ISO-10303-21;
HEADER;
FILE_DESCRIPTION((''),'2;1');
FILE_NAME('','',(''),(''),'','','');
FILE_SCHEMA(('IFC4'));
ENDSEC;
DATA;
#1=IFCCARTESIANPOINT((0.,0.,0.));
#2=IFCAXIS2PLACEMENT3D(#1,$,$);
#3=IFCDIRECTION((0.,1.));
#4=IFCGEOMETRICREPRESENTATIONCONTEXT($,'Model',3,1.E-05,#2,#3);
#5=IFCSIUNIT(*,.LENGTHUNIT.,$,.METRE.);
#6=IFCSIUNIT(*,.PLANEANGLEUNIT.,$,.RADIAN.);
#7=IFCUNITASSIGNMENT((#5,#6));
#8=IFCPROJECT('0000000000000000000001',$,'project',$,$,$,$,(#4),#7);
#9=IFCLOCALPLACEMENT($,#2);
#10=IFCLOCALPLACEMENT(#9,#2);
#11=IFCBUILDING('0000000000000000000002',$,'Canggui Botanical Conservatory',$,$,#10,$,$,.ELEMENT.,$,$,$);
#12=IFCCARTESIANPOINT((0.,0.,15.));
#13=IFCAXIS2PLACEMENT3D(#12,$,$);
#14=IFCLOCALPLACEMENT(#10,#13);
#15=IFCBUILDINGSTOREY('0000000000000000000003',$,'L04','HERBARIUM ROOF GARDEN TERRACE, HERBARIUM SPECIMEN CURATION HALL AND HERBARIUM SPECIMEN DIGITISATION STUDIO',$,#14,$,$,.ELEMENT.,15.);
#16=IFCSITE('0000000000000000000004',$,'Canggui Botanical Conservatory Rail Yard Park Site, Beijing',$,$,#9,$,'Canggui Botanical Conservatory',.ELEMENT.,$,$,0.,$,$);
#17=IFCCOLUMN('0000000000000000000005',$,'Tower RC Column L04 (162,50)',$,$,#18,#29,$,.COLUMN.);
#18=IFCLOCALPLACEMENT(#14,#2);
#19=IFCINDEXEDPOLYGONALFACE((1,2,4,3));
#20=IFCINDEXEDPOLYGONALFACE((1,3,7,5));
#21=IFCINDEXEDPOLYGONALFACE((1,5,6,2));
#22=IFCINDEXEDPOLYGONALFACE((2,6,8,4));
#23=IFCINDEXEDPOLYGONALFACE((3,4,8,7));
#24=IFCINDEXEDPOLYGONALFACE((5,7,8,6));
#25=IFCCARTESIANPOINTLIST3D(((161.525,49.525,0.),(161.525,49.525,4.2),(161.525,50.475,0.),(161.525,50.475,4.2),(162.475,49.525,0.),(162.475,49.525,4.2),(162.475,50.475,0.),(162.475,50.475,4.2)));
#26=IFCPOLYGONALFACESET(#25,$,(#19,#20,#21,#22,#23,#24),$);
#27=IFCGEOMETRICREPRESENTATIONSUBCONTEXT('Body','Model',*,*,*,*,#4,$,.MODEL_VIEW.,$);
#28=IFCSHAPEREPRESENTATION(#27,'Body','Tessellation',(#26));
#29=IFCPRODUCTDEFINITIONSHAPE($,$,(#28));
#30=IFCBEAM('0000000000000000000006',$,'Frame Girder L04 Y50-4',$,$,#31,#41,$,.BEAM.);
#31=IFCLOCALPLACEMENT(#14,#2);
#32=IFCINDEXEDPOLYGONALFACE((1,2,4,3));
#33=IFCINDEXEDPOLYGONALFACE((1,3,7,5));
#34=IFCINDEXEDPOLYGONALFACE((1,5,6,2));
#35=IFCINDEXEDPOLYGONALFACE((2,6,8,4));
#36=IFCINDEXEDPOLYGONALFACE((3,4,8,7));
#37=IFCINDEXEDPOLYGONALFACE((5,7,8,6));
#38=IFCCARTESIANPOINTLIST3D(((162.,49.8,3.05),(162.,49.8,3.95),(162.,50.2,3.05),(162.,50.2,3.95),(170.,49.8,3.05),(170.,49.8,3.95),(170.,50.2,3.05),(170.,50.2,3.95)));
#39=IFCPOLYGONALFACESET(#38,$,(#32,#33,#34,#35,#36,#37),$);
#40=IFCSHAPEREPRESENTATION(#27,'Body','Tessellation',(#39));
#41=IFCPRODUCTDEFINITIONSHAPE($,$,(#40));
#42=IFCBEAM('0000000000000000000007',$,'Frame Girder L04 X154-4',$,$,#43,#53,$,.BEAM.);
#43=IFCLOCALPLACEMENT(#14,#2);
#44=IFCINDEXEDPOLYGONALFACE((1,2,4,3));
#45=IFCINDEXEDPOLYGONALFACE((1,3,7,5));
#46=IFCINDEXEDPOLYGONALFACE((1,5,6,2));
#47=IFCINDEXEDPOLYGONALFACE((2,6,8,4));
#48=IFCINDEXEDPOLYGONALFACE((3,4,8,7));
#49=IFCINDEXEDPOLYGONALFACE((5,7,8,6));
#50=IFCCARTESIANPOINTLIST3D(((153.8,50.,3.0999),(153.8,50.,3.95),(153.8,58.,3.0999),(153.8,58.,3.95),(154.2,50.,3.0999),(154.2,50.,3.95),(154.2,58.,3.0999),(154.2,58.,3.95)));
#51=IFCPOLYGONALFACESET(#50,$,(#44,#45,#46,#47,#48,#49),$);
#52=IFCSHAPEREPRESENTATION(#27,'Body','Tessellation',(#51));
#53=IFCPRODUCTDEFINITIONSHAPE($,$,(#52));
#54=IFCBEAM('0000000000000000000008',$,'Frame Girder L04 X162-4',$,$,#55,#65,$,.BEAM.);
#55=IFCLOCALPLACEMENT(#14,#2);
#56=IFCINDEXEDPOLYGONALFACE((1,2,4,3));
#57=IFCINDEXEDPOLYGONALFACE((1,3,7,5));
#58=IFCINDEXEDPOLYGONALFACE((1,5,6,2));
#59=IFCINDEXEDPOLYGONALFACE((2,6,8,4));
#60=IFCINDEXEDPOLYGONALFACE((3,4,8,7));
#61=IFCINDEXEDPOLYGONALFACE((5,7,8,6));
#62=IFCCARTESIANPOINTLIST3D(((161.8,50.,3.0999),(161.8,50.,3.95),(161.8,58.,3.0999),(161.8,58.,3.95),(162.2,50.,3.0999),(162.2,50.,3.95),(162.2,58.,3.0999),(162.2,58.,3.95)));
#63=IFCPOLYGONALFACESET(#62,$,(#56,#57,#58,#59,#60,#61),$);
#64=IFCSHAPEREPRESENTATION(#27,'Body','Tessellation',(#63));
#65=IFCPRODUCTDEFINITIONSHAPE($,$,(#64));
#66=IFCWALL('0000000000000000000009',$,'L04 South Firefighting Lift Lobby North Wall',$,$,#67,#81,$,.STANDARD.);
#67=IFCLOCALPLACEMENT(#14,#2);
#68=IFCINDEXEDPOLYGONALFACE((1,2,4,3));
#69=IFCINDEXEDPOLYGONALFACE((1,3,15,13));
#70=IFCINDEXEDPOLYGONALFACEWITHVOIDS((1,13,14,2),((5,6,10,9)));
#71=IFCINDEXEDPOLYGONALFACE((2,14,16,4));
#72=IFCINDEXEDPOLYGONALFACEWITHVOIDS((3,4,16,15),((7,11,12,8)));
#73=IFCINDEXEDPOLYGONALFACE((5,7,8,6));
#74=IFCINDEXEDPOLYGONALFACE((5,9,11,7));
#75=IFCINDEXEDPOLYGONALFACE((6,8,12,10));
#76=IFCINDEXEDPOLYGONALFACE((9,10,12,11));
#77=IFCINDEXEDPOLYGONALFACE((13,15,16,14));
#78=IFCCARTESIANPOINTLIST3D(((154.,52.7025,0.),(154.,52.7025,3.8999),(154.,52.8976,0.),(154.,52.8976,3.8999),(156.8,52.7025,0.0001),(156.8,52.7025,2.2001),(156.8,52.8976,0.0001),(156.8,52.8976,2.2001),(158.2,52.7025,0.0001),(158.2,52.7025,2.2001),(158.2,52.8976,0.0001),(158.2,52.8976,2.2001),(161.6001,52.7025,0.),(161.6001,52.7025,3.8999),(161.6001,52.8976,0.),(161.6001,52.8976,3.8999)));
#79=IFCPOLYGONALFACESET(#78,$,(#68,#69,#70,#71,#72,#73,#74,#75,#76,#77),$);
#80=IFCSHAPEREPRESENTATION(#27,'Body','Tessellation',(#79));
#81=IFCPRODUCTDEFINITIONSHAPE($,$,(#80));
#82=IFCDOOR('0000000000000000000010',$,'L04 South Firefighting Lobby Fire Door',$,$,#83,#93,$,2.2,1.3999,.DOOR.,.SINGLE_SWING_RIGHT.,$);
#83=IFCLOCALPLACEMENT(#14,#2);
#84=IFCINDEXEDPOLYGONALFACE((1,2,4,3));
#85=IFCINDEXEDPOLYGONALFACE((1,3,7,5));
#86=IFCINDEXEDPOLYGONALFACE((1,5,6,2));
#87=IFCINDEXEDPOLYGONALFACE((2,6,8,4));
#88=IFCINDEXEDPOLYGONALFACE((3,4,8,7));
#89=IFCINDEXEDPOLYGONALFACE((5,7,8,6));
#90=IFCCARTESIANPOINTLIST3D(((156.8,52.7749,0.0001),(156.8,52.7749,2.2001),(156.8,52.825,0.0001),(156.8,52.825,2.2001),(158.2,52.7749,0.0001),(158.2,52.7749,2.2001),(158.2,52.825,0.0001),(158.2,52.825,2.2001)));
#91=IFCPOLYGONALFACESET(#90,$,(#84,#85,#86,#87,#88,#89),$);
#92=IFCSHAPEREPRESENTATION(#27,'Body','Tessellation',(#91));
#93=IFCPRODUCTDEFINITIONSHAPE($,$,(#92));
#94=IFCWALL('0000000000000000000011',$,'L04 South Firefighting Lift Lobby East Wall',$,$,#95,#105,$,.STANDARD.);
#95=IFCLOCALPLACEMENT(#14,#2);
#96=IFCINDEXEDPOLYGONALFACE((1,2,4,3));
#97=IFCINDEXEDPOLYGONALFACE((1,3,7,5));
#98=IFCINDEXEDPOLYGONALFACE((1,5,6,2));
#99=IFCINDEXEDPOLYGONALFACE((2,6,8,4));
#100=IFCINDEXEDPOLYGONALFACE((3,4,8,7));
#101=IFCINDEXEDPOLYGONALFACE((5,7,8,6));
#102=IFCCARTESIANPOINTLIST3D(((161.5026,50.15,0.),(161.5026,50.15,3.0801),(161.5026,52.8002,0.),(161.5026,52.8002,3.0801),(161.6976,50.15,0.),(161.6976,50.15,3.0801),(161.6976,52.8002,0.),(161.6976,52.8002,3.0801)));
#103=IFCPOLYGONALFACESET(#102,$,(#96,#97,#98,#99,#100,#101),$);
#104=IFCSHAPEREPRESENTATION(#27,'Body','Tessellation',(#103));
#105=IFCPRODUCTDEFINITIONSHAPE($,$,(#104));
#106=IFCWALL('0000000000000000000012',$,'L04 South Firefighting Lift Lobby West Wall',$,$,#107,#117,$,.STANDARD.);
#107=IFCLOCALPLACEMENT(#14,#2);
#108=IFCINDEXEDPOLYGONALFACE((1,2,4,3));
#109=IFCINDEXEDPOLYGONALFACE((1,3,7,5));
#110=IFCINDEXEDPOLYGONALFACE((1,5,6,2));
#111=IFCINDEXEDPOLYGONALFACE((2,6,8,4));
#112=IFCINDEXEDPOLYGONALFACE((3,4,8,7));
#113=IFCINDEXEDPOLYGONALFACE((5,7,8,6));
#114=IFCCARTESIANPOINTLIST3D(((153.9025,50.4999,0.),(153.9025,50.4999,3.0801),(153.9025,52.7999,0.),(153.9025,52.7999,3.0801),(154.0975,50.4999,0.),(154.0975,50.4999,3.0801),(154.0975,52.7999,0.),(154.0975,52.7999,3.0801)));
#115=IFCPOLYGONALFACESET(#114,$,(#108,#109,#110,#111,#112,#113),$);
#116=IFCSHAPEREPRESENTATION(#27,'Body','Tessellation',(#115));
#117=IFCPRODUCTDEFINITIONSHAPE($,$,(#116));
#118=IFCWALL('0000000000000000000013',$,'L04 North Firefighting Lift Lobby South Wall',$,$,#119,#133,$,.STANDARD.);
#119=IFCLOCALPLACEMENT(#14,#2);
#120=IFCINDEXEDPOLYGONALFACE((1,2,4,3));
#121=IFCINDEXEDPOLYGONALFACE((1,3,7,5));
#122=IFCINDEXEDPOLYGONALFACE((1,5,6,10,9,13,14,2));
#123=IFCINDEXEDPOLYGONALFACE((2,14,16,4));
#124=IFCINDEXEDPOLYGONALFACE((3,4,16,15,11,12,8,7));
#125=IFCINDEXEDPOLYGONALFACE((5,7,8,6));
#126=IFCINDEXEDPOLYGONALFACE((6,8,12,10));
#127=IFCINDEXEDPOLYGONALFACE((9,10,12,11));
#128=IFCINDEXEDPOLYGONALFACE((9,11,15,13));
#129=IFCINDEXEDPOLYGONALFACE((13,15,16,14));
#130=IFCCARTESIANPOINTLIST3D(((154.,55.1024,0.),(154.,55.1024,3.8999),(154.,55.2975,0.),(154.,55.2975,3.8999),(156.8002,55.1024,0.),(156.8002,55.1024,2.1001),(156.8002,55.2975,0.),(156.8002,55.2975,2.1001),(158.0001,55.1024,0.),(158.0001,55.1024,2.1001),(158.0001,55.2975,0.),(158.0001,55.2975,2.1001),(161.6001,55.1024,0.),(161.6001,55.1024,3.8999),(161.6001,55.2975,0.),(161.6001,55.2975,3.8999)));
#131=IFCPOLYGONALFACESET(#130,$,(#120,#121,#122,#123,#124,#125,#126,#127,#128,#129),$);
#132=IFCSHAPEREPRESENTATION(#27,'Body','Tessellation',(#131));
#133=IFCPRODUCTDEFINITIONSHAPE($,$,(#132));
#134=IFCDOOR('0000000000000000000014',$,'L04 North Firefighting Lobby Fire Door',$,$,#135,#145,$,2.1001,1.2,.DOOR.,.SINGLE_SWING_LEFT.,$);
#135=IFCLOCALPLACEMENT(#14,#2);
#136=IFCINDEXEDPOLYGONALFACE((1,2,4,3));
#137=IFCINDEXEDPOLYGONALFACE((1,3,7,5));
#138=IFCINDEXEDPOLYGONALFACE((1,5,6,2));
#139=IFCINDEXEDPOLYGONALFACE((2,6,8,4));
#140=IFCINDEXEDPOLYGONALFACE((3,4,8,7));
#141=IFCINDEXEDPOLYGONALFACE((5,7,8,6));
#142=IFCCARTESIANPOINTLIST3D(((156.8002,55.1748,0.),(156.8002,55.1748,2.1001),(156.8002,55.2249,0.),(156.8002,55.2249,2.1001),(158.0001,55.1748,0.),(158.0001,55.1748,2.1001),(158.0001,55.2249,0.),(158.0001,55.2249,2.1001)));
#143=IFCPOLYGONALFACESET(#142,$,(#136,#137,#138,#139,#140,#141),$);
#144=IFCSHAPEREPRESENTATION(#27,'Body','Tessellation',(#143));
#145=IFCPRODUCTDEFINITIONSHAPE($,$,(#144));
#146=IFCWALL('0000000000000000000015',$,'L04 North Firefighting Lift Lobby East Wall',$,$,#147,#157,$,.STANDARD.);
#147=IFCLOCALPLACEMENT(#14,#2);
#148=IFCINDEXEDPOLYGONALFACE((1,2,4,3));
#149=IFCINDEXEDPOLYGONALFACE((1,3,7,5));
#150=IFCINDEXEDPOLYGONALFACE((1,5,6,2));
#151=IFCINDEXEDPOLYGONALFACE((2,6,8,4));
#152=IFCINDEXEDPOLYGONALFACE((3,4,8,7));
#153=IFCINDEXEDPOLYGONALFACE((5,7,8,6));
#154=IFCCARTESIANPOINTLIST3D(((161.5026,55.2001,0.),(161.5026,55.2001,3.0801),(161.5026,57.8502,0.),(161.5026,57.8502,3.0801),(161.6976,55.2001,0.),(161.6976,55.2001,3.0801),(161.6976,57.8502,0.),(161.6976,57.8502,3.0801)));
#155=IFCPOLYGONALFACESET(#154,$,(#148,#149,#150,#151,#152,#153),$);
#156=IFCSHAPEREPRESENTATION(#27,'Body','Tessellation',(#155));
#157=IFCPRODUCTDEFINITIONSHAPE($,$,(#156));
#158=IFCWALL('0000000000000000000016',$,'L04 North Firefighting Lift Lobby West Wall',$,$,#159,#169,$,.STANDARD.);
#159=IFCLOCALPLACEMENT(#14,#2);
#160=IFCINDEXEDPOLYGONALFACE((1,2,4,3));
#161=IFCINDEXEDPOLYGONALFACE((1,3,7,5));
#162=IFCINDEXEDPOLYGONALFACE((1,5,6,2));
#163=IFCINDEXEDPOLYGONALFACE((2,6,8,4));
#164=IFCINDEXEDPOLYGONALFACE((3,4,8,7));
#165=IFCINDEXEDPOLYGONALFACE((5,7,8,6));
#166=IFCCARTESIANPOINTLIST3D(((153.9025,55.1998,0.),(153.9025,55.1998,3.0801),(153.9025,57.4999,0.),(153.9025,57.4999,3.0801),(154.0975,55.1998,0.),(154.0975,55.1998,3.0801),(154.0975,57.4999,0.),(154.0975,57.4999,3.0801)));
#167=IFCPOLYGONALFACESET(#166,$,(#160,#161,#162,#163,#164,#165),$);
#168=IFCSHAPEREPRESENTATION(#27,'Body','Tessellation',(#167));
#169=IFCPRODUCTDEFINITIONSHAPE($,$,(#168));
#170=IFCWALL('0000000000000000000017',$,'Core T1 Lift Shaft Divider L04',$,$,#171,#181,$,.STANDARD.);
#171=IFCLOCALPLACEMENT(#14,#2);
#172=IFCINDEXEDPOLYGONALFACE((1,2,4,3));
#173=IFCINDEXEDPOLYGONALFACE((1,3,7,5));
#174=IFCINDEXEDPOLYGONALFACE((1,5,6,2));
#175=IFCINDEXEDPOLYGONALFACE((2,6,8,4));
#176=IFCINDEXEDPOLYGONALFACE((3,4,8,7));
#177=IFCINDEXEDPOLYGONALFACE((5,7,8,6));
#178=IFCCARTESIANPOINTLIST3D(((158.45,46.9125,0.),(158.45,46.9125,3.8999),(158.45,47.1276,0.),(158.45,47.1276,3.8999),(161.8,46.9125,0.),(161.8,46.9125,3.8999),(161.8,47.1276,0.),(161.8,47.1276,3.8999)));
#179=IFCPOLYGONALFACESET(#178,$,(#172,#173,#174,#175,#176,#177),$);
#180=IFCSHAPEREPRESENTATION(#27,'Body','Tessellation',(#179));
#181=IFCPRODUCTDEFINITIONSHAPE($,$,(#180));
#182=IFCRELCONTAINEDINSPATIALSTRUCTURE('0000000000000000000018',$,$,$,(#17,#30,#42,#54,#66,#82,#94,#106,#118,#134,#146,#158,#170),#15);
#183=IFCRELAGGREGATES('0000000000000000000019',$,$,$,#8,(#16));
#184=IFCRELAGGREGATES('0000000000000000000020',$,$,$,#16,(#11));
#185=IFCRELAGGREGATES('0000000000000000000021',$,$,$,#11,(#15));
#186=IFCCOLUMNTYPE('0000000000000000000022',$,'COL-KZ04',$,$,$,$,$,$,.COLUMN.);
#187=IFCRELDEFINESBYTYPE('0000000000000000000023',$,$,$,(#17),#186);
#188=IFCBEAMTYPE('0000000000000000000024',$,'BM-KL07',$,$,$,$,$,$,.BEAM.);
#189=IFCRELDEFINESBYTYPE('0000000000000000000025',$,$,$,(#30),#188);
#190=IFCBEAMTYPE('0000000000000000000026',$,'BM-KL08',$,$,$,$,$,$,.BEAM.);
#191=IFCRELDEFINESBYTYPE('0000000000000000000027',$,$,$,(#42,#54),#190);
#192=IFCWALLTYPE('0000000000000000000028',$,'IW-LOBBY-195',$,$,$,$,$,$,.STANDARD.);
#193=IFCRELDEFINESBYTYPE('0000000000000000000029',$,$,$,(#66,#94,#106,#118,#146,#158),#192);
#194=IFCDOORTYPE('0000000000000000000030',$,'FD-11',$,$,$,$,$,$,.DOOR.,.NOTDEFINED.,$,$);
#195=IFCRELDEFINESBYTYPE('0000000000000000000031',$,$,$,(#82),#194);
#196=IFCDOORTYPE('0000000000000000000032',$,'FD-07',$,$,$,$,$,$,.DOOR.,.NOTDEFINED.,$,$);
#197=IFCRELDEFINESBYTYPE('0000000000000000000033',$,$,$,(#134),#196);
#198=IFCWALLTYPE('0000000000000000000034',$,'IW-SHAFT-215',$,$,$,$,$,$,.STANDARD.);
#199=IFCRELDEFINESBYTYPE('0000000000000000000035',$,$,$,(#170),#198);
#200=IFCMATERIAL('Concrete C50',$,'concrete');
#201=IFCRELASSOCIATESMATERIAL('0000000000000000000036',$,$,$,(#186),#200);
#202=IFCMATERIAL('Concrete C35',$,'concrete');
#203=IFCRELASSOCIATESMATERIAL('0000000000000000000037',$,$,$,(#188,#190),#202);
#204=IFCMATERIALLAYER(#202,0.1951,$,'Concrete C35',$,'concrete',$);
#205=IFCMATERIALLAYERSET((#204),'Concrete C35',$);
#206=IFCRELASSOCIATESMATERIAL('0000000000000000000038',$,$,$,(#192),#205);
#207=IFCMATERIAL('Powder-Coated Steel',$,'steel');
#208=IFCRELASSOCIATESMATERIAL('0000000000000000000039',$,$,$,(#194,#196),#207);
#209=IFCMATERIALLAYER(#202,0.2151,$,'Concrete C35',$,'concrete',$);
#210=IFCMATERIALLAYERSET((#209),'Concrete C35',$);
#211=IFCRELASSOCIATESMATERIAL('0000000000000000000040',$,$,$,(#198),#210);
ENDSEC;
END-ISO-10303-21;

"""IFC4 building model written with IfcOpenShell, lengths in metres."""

from ifc_helpers import new_model, si_unit, direction, frame, frame_2d, origin, origin_2d, place, context, subcontext, project, spatial, rectangle, extrude, material, layer, layer_set, material_profile, profile_set, type_object, element, fill, save


model = new_model("IFC4")

# Units and contexts
model_context = context("Model", 3, precision=1e-05, world=origin(), true_north=direction((0.0, 1.0)))
body_context = subcontext(model_context, "Body", "Model", "MODEL_VIEW")
ifc_project = project(units=[si_unit("LENGTHUNIT", "METRE"), si_unit("PLANEANGLEUNIT", "RADIAN")], contexts=[model_context])

# Site, building, storey
site_placement = place(None, origin())
site = spatial("IfcSite", under=ifc_project, at=site_placement, Name="Canggui Botanical Conservatory Rail Yard Park Site, Beijing", LongName="Canggui Botanical Conservatory", CompositionType="ELEMENT", RefElevation=0.0)
building_placement = place(site_placement, origin())
building = spatial("IfcBuilding", under=site, at=building_placement, Name="Canggui Botanical Conservatory", CompositionType="ELEMENT")
storey_placement = place(building_placement, frame((0.0, 0.0, 15.0)))
storey = spatial("IfcBuildingStorey", under=building, at=storey_placement, Name="L04", Description="HERBARIUM ROOF GARDEN TERRACE, HERBARIUM SPECIMEN CURATION HALL AND HERBARIUM SPECIMEN DIGITISATION STUDIO", CompositionType="ELEMENT", Elevation=15.0)

# Column
ifc_material_1 = material(Name="Concrete C50", Category="concrete")
ifc_material_profile_1 = material_profile(ifc_material_1, rectangle(XDim=0.95, YDim=0.95, at=origin_2d()), Name="RC 950x950")
ifc_profile_set_1 = profile_set([ifc_material_profile_1], Name="Concrete C50")
column_type = type_object("IfcColumnType", Name="COL-KZ04", PredefinedType="COLUMN", material=ifc_profile_set_1)
column_placement = place(storey_placement, frame((162.0, 50.0, 0.0), z_axis=(0.0, 0.0, 1.0), x_axis=(1.0, 0.0, 0.0)))
element("IfcColumn", 1, at=column_placement, inside=storey, type_object=column_type, Name="Tower RC Column L04 (162,50)", PredefinedType="COLUMN", context=body_context, shape_type="SweptSolid", body=[
    extrude(rectangle(XDim=0.95, YDim=0.95, at=origin_2d()), origin(), (0.0, 0.0, 1.0), 4.2),
])

# Beams
ifc_material_2 = material(Name="Concrete C35", Category="concrete")
ifc_material_profile_2 = material_profile(ifc_material_2, rectangle(XDim=0.3999, YDim=0.8999, at=origin_2d()), Name="RB 400x900")
ifc_profile_set_2 = profile_set([ifc_material_profile_2], Name="Concrete C35")
beam_type_1 = type_object("IfcBeamType", Name="BM-KL07", PredefinedType="BEAM", material=ifc_profile_set_2)
beam_placement = place(storey_placement, frame((162.0, 50.0, 3.5), z_axis=(1.0, 0.0, 0.0), x_axis=(0.0, 1.0, 0.0)))
element("IfcBeam", 2, at=beam_placement, inside=storey, type_object=beam_type_1, Name="Frame Girder L04 Y50-4", PredefinedType="BEAM", context=body_context, shape_type="SweptSolid", body=[
    extrude(rectangle(XDim=0.3999, YDim=0.8999, at=origin_2d()), origin(), (0.0, 0.0, 1.0), 8.0),
])
ifc_material_profile_3 = material_profile(ifc_material_2, rectangle(XDim=0.3999, YDim=0.8501, at=origin_2d()), Name="RB 400x850")
ifc_profile_set_3 = profile_set([ifc_material_profile_3], Name="Concrete C35")
beam_type_2 = type_object("IfcBeamType", Name="BM-KL08", PredefinedType="BEAM", material=ifc_profile_set_3)
for number, where, z_axis, x_axis, name in (
    (3, (154.0, 50.0, 3.5249), (0.0, 1.0, 0.0), (-1.0, 0.0, 0.0), "Frame Girder L04 X154-4"),
    (4, (162.0, 50.0, 3.5249), (0.0, 1.0, 0.0), (-1.0, 0.0, 0.0), "Frame Girder L04 X162-4"),
):
    element("IfcBeam", number, at=place(storey_placement, frame(where, z_axis=z_axis, x_axis=x_axis)), inside=storey, type_object=beam_type_2, Name=name, PredefinedType="BEAM", context=body_context, shape_type="SweptSolid", body=[
        extrude(rectangle(XDim=0.3999, YDim=0.8501, at=origin_2d()), origin(), (0.0, 0.0, 1.0), 8.0),
    ])

# Wall, opening, door
ifc_layer_1 = layer(ifc_material_2, 0.1951, Name="Concrete C35", Category="concrete")
ifc_layer_set_1 = layer_set([ifc_layer_1], Name="Concrete C35")
wall_type_1 = type_object("IfcWallType", Name="IW-LOBBY-195", PredefinedType="STANDARD", material=ifc_layer_set_1)
wall_1_placement = place(storey_placement, frame((154.0, 52.8, 0.0), z_axis=(0.0, 0.0, 1.0), x_axis=(1.0, 0.0, 0.0)))
wall_1 = element("IfcWall", 5, at=wall_1_placement, inside=storey, type_object=wall_type_1, Name="L04 South Firefighting Lift Lobby North Wall", PredefinedType="STANDARD", context=body_context, shape_type="SweptSolid", body=[
    extrude(rectangle(XDim=7.6001, YDim=0.1951, at=frame_2d((3.8, 0.0))), origin(), (0.0, 0.0, 1.0), 3.8999),
])
opening_1_placement = place(wall_1_placement, frame((2.8, 0.0, 0.0)))
opening_1 = element("IfcOpeningElement", 6, at=opening_1_placement, cuts=wall_1, PredefinedType="OPENING", context=body_context, shape_type="SweptSolid", body=[
    extrude(rectangle(XDim=1.3999, YDim=2.2, at=frame_2d((0.7, 1.1001))), frame((0.0, 0.1074, 0.0), z_axis=(0.0, -1.0, 0.0), x_axis=(1.0, 0.0, 0.0)), (0.0, 0.0, 1.0), 0.2151),
])
ifc_material_3 = material(Name="Powder-Coated Steel", Category="steel")
door_type_1 = type_object("IfcDoorType", Name="FD-11", OperationType="NOTDEFINED", PredefinedType="DOOR", material=ifc_material_3)
door_1_placement = place(opening_1_placement, origin())
door_1 = element("IfcDoor", 7, at=door_1_placement, inside=storey, type_object=door_type_1, Name="L04 South Firefighting Lobby Fire Door", OperationType="SINGLE_SWING_RIGHT", OverallHeight=2.2, OverallWidth=1.3999, PredefinedType="DOOR", context=body_context, shape_type="SweptSolid", body=[
    extrude(rectangle(XDim=1.3999, YDim=2.2, at=frame_2d((0.7, 1.1001))), frame((0.0, 0.0249, 0.0), z_axis=(0.0, -1.0, 0.0), x_axis=(1.0, 0.0, 0.0)), (0.0, 0.0, 1.0), 0.05),
])
fill(opening_1, door_1)

# Walls
wall_2_placement = place(storey_placement, frame((161.6001, 50.1499, 0.0), z_axis=(0.0, 0.0, 1.0), x_axis=(0.0, 1.0, 0.0)))
element("IfcWall", 8, at=wall_2_placement, inside=storey, type_object=wall_type_1, Name="L04 South Firefighting Lift Lobby East Wall", PredefinedType="STANDARD", context=body_context, shape_type="SweptSolid", body=[
    extrude(rectangle(XDim=2.6501, YDim=0.1951, at=frame_2d((1.3252, 0.0))), origin(), (0.0, 0.0, 1.0), 3.0801),
])
wall_3_placement = place(storey_placement, frame((154.0, 50.5, 0.0), z_axis=(0.0, 0.0, 1.0), x_axis=(0.0, 1.0, 0.0)))
element("IfcWall", 9, at=wall_3_placement, inside=storey, type_object=wall_type_1, Name="L04 South Firefighting Lift Lobby West Wall", PredefinedType="STANDARD", context=body_context, shape_type="SweptSolid", body=[
    extrude(rectangle(XDim=2.3, YDim=0.1951, at=frame_2d((1.1499, 0.0))), origin(), (0.0, 0.0, 1.0), 3.0801),
])

# Wall, opening, door
wall_4_placement = place(storey_placement, frame((154.0, 55.2, 0.0), z_axis=(0.0, 0.0, 1.0), x_axis=(1.0, 0.0, 0.0)))
wall_4 = element("IfcWall", 10, at=wall_4_placement, inside=storey, type_object=wall_type_1, Name="L04 North Firefighting Lift Lobby South Wall", PredefinedType="STANDARD", context=body_context, shape_type="SweptSolid", body=[
    extrude(rectangle(XDim=7.6001, YDim=0.1951, at=frame_2d((3.8, 0.0))), origin(), (0.0, 0.0, 1.0), 3.8999),
])
opening_2_placement = place(wall_4_placement, frame((2.8, 0.0, 0.0)))
opening_2 = element("IfcOpeningElement", 11, at=opening_2_placement, cuts=wall_4, PredefinedType="OPENING", context=body_context, shape_type="SweptSolid", body=[
    extrude(rectangle(XDim=1.2, YDim=2.1001, at=frame_2d((0.6001, 1.05))), frame((0.0, 0.1074, 0.0), z_axis=(0.0, -1.0, 0.0), x_axis=(1.0, 0.0, 0.0)), (0.0, 0.0, 1.0), 0.2151),
])
door_type_2 = type_object("IfcDoorType", Name="FD-07", OperationType="NOTDEFINED", PredefinedType="DOOR", material=ifc_material_3)
door_2_placement = place(opening_2_placement, origin())
door_2 = element("IfcDoor", 12, at=door_2_placement, inside=storey, type_object=door_type_2, Name="L04 North Firefighting Lobby Fire Door", OperationType="SINGLE_SWING_LEFT", OverallHeight=2.1001, OverallWidth=1.2, PredefinedType="DOOR", context=body_context, shape_type="SweptSolid", body=[
    extrude(rectangle(XDim=1.2, YDim=2.1001, at=frame_2d((0.6001, 1.05))), frame((0.0, 0.0249, 0.0), z_axis=(0.0, -1.0, 0.0), x_axis=(1.0, 0.0, 0.0)), (0.0, 0.0, 1.0), 0.05),
])
fill(opening_2, door_2)

# Walls
wall_5_placement = place(storey_placement, frame((161.6001, 55.2, 0.0), z_axis=(0.0, 0.0, 1.0), x_axis=(0.0, 1.0, 0.0)))
element("IfcWall", 13, at=wall_5_placement, inside=storey, type_object=wall_type_1, Name="L04 North Firefighting Lift Lobby East Wall", PredefinedType="STANDARD", context=body_context, shape_type="SweptSolid", body=[
    extrude(rectangle(XDim=2.6501, YDim=0.1951, at=frame_2d((1.3252, 0.0))), origin(), (0.0, 0.0, 1.0), 3.0801),
])
wall_6_placement = place(storey_placement, frame((154.0, 55.2, 0.0), z_axis=(0.0, 0.0, 1.0), x_axis=(0.0, 1.0, 0.0)))
element("IfcWall", 14, at=wall_6_placement, inside=storey, type_object=wall_type_1, Name="L04 North Firefighting Lift Lobby West Wall", PredefinedType="STANDARD", context=body_context, shape_type="SweptSolid", body=[
    extrude(rectangle(XDim=2.3, YDim=0.1951, at=frame_2d((1.1499, 0.0))), origin(), (0.0, 0.0, 1.0), 3.0801),
])
ifc_layer_2 = layer(ifc_material_2, 0.2151, Name="Concrete C35", Category="concrete")
ifc_layer_set_2 = layer_set([ifc_layer_2], Name="Concrete C35")
wall_type_2 = type_object("IfcWallType", Name="IW-SHAFT-215", PredefinedType="STANDARD", material=ifc_layer_set_2)
wall_7_placement = place(storey_placement, frame((158.45, 47.02, 0.0), z_axis=(0.0, 0.0, 1.0), x_axis=(1.0, 0.0, 0.0)))
element("IfcWall", 15, at=wall_7_placement, inside=storey, type_object=wall_type_2, Name="Core T1 Lift Shaft Divider L04", PredefinedType="STANDARD", context=body_context, shape_type="SweptSolid", body=[
    extrude(rectangle(XDim=3.3501, YDim=0.2151, at=frame_2d((1.675, 0.0))), origin(), (0.0, 0.0, 1.0), 3.8999),
])

save(model, "model.ifc")
